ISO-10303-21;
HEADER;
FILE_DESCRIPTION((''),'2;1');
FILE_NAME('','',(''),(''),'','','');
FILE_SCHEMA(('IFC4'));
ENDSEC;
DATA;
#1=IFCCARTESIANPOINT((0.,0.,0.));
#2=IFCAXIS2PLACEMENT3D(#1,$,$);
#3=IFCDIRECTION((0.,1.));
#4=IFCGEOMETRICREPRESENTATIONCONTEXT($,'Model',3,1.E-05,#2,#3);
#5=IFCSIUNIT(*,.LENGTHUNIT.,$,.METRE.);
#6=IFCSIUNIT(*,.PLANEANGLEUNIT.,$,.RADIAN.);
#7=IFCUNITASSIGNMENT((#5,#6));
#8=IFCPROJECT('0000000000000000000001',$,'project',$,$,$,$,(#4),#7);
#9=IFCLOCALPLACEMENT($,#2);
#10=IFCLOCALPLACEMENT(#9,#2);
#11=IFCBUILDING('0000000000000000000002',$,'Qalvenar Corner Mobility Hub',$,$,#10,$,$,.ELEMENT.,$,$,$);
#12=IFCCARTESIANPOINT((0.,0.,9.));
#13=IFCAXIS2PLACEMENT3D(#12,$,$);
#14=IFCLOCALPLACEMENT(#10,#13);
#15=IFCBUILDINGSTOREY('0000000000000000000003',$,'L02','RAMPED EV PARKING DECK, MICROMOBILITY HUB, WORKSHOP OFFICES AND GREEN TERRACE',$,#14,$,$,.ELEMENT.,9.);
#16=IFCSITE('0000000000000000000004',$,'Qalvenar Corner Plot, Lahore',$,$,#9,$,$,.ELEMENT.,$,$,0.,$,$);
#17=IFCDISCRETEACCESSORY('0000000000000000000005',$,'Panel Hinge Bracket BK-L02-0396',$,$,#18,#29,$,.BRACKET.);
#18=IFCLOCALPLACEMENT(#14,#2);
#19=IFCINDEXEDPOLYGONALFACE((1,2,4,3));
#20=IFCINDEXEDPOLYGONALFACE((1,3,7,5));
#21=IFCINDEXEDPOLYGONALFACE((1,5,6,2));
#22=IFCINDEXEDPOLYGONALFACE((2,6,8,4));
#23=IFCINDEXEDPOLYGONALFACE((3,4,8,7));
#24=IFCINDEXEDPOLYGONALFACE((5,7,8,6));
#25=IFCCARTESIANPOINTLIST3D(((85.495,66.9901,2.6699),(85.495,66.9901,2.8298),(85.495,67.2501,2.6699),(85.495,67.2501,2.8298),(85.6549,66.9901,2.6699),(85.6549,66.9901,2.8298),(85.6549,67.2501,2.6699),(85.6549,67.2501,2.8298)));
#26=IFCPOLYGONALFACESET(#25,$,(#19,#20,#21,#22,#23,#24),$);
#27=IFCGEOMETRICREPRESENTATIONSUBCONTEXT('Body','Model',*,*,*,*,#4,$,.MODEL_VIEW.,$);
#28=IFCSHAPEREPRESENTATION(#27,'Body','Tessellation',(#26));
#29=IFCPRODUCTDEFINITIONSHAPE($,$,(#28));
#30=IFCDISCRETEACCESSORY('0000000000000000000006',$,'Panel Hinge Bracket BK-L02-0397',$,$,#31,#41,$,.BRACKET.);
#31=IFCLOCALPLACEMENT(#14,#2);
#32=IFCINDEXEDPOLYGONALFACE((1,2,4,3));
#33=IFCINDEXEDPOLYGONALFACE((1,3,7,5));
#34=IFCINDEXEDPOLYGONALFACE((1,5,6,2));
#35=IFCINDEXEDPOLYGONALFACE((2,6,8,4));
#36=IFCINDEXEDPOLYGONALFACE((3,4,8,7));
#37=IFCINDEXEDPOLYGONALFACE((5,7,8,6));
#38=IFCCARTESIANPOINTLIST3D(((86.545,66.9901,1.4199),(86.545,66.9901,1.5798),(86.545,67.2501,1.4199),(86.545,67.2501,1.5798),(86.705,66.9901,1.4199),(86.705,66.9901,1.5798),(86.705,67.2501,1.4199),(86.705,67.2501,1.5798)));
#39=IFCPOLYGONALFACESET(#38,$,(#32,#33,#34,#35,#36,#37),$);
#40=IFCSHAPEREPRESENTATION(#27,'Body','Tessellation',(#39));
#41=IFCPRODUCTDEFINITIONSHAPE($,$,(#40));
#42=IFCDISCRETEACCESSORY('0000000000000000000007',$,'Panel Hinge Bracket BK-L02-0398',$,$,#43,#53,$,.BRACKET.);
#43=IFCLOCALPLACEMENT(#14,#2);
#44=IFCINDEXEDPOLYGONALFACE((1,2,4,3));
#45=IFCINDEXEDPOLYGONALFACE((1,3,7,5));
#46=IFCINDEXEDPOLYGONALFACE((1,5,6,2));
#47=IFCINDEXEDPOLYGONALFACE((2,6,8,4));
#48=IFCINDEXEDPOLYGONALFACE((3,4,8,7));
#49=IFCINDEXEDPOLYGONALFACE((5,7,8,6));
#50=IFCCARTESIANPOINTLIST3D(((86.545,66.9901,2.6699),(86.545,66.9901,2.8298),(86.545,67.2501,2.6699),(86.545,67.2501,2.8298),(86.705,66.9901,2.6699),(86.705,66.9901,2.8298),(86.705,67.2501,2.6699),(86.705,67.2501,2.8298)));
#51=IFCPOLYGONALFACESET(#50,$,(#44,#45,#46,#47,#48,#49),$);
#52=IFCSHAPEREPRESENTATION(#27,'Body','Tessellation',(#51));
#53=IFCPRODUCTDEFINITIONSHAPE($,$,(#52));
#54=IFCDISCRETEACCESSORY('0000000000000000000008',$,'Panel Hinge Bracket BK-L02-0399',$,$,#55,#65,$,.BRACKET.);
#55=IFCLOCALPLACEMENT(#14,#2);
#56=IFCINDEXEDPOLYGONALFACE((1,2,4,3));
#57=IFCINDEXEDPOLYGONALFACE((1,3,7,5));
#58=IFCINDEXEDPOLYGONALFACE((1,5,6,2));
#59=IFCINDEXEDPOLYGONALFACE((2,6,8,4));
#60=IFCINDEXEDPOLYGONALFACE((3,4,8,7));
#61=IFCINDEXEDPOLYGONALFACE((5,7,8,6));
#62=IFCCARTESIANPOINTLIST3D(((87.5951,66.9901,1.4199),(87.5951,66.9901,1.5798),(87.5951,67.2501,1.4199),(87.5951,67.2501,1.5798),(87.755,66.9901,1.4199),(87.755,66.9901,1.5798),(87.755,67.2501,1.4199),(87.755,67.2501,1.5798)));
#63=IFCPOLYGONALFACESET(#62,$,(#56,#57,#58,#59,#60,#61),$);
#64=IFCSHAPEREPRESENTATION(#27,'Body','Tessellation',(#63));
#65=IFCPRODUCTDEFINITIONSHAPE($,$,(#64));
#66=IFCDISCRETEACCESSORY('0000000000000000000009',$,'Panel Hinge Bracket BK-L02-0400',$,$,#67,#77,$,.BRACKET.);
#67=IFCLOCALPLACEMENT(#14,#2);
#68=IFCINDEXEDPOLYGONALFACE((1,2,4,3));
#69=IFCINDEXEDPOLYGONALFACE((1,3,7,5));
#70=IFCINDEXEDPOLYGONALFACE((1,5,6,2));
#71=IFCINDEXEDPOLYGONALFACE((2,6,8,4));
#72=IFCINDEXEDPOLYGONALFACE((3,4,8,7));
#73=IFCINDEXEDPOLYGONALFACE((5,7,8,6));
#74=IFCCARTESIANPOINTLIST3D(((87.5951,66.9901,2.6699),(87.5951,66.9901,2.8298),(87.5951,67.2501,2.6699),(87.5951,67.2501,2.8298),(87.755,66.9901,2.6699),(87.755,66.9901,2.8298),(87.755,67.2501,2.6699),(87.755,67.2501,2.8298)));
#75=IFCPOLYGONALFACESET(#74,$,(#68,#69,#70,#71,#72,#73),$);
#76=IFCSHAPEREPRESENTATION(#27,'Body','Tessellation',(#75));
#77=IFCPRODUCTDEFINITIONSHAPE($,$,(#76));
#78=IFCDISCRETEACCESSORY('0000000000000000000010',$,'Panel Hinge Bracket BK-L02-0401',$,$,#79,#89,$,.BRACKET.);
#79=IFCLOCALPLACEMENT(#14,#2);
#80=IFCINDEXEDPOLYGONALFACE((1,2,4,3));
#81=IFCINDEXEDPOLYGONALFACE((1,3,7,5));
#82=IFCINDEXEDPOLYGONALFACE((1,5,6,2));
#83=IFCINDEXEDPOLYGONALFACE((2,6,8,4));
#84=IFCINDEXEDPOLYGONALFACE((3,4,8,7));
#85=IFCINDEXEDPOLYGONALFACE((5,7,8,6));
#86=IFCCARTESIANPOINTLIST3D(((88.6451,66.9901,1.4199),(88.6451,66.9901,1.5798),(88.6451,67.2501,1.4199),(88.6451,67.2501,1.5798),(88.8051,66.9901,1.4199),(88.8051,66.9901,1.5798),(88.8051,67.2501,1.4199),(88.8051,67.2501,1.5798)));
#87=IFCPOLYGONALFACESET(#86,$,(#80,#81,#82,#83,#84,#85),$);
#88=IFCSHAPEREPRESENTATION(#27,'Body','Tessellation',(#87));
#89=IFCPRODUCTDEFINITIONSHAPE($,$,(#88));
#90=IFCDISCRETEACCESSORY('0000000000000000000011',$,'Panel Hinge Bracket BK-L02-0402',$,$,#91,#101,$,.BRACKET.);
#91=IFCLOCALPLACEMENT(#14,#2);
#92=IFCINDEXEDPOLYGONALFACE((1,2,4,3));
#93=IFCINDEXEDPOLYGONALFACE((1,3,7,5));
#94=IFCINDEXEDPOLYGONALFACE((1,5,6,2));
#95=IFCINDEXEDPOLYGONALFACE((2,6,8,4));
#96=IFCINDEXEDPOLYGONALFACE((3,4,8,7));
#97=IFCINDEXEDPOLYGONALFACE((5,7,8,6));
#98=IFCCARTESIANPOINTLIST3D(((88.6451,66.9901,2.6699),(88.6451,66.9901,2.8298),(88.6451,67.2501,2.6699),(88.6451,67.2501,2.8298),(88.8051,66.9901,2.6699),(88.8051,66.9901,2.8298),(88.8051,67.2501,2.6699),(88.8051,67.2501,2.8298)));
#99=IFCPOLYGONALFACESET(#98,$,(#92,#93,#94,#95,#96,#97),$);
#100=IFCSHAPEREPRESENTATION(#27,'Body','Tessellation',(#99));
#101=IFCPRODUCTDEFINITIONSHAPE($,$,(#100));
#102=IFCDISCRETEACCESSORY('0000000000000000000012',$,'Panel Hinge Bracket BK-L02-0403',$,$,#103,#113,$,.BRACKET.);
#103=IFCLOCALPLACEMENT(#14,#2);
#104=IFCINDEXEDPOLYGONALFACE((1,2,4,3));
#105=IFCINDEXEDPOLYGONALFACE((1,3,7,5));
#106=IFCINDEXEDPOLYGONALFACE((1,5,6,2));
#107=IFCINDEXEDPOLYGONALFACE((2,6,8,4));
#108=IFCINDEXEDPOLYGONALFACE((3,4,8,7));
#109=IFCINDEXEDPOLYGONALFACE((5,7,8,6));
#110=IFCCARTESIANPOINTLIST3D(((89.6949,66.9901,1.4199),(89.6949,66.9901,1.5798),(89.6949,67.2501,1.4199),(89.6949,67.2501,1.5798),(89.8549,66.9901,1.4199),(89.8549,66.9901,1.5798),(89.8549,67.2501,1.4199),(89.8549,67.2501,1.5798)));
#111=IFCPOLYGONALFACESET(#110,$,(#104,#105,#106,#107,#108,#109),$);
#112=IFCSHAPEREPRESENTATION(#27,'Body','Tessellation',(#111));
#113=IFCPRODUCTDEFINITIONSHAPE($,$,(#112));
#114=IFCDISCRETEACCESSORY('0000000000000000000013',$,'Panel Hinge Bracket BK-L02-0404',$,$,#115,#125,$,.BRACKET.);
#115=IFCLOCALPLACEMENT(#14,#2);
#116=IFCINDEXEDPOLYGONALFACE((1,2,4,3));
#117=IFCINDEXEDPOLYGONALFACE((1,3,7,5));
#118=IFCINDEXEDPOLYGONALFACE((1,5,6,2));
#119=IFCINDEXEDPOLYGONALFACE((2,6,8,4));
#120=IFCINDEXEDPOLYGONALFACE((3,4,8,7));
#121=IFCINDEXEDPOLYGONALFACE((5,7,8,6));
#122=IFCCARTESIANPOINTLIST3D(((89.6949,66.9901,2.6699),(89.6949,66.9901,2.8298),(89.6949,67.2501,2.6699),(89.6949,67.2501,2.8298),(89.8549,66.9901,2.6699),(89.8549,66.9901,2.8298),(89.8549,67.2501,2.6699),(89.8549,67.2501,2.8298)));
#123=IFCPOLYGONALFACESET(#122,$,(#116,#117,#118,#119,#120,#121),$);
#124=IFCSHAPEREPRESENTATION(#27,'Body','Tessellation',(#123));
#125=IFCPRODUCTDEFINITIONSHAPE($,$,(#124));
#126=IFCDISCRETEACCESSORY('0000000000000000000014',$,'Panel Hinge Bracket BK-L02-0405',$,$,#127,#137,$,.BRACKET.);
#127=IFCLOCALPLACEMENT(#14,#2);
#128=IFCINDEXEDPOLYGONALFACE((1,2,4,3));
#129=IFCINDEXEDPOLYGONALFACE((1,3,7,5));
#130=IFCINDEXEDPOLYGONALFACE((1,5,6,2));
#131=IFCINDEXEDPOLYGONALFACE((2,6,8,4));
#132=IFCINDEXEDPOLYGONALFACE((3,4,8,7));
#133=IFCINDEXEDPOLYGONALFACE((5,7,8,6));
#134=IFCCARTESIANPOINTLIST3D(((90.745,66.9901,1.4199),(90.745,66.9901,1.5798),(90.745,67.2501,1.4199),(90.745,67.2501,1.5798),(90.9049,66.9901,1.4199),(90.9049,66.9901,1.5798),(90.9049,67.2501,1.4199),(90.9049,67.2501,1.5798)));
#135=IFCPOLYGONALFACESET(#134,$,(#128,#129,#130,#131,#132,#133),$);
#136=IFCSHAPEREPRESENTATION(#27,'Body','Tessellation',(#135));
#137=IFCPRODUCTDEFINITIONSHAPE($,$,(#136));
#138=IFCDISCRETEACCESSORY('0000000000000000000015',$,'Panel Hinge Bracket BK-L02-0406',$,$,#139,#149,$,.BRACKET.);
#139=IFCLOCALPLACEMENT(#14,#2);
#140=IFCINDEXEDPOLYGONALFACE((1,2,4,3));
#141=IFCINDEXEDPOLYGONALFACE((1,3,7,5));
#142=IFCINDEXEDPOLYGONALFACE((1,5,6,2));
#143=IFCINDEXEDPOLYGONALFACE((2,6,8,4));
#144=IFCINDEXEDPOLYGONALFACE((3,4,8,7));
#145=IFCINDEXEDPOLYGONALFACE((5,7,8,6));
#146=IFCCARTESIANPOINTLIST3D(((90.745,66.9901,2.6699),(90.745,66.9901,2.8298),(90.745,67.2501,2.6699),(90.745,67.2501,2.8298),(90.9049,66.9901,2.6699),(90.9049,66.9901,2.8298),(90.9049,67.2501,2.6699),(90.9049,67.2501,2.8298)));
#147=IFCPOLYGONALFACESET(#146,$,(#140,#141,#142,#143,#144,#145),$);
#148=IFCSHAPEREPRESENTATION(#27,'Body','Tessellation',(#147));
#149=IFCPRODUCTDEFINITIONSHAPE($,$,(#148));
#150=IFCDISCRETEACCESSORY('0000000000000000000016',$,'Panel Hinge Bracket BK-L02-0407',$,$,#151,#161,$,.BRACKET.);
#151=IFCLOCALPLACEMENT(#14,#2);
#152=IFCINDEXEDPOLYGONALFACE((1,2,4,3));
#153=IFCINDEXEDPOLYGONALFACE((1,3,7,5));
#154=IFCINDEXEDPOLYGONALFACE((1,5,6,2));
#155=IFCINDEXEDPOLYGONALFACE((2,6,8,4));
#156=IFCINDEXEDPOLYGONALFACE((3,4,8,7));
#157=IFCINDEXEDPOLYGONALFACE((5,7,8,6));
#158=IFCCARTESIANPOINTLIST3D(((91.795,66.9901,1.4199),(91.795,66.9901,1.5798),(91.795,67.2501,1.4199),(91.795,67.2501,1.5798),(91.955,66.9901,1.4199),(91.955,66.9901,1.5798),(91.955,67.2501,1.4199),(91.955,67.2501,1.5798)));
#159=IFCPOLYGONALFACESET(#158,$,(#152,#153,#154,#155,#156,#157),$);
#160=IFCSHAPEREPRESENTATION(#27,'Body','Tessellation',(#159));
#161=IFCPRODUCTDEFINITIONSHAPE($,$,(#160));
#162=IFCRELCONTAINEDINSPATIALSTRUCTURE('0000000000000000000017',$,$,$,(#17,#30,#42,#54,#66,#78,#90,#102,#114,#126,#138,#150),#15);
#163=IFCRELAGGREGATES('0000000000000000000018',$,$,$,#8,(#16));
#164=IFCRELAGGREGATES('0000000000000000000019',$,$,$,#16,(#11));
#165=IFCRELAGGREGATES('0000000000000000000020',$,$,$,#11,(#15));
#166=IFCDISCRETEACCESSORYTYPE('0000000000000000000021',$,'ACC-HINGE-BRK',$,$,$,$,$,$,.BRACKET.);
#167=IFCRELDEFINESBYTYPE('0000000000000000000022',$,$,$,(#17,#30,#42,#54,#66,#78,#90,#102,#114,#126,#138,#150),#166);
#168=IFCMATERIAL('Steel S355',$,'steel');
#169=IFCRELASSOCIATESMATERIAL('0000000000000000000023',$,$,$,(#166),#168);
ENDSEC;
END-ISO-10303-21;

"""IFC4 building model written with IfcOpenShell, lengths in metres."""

from ifc_helpers import new_model, si_unit, direction, frame, origin, origin_2d, place, context, subcontext, project, spatial, rectangle, extrude, material, type_object, element, save


model = new_model("IFC4")

# Units and contexts
model_context = context("Model", 3, precision=1e-05, world=origin(), true_north=direction((0.0, 1.0)))
body_context = subcontext(model_context, "Body", "Model", "MODEL_VIEW")
ifc_project = project(units=[si_unit("LENGTHUNIT", "METRE"), si_unit("PLANEANGLEUNIT", "RADIAN")], contexts=[model_context])

# Site, building, storey
site_placement = place(None, origin())
site = spatial("IfcSite", under=ifc_project, at=site_placement, Name="Qalvenar Corner Plot, Lahore", CompositionType="ELEMENT", RefElevation=0.0)
building_placement = place(site_placement, origin())
building = spatial("IfcBuilding", under=site, at=building_placement, Name="Qalvenar Corner Mobility Hub", CompositionType="ELEMENT")
storey_placement = place(building_placement, frame((0.0, 0.0, 9.0)))
storey = spatial("IfcBuildingStorey", under=building, at=storey_placement, Name="L02", Description="RAMPED EV PARKING DECK, MICROMOBILITY HUB, WORKSHOP OFFICES AND GREEN TERRACE", CompositionType="ELEMENT", Elevation=9.0)

# Discrete accessories
ifc_material_1 = material(Name="Steel S355", Category="steel")
discrete_accessory_type = type_object("IfcDiscreteAccessoryType", Name="ACC-HINGE-BRK", PredefinedType="BRACKET", material=ifc_material_1)
for number, where, z_axis, x_axis, name in (
    (1, (85.575, 67.1201, 2.6699), (0.0, 0.0, 1.0), (1.0, 0.0, 0.0), "Panel Hinge Bracket BK-L02-0396"),
    (2, (86.625, 67.1201, 1.4199), (0.0, 0.0, 1.0), (1.0, 0.0, 0.0), "Panel Hinge Bracket BK-L02-0397"),
    (3, (86.625, 67.1201, 2.6699), (0.0, 0.0, 1.0), (1.0, 0.0, 0.0), "Panel Hinge Bracket BK-L02-0398"),
    (4, (87.675, 67.1201, 1.4199), (0.0, 0.0, 1.0), (1.0, 0.0, 0.0), "Panel Hinge Bracket BK-L02-0399"),
    (5, (87.675, 67.1201, 2.6699), (0.0, 0.0, 1.0), (1.0, 0.0, 0.0), "Panel Hinge Bracket BK-L02-0400"),
    (6, (88.7251, 67.1201, 1.4199), (0.0, 0.0, 1.0), (1.0, 0.0, 0.0), "Panel Hinge Bracket BK-L02-0401"),
    (7, (88.7251, 67.1201, 2.6699), (0.0, 0.0, 1.0), (1.0, 0.0, 0.0), "Panel Hinge Bracket BK-L02-0402"),
    (8, (89.7749, 67.1201, 1.4199), (0.0, 0.0, 1.0), (1.0, 0.0, 0.0), "Panel Hinge Bracket BK-L02-0403"),
    (9, (89.7749, 67.1201, 2.6699), (0.0, 0.0, 1.0), (1.0, 0.0, 0.0), "Panel Hinge Bracket BK-L02-0404"),
    (10, (90.825, 67.1201, 1.4199), (0.0, 0.0, 1.0), (1.0, 0.0, 0.0), "Panel Hinge Bracket BK-L02-0405"),
    (11, (90.825, 67.1201, 2.6699), (0.0, 0.0, 1.0), (1.0, 0.0, 0.0), "Panel Hinge Bracket BK-L02-0406"),
    (12, (91.875, 67.1201, 1.4199), (0.0, 0.0, 1.0), (1.0, 0.0, 0.0), "Panel Hinge Bracket BK-L02-0407"),
):
    element("IfcDiscreteAccessory", number, at=place(storey_placement, frame(where, z_axis=z_axis, x_axis=x_axis)), inside=storey, type_object=discrete_accessory_type, Name=name, PredefinedType="BRACKET", context=body_context, shape_type="SweptSolid", body=[
        extrude(rectangle(XDim=0.1599, YDim=0.26, at=origin_2d()), origin(), (0.0, 0.0, 1.0), 0.1599),
    ])

save(model, "model.ifc")
